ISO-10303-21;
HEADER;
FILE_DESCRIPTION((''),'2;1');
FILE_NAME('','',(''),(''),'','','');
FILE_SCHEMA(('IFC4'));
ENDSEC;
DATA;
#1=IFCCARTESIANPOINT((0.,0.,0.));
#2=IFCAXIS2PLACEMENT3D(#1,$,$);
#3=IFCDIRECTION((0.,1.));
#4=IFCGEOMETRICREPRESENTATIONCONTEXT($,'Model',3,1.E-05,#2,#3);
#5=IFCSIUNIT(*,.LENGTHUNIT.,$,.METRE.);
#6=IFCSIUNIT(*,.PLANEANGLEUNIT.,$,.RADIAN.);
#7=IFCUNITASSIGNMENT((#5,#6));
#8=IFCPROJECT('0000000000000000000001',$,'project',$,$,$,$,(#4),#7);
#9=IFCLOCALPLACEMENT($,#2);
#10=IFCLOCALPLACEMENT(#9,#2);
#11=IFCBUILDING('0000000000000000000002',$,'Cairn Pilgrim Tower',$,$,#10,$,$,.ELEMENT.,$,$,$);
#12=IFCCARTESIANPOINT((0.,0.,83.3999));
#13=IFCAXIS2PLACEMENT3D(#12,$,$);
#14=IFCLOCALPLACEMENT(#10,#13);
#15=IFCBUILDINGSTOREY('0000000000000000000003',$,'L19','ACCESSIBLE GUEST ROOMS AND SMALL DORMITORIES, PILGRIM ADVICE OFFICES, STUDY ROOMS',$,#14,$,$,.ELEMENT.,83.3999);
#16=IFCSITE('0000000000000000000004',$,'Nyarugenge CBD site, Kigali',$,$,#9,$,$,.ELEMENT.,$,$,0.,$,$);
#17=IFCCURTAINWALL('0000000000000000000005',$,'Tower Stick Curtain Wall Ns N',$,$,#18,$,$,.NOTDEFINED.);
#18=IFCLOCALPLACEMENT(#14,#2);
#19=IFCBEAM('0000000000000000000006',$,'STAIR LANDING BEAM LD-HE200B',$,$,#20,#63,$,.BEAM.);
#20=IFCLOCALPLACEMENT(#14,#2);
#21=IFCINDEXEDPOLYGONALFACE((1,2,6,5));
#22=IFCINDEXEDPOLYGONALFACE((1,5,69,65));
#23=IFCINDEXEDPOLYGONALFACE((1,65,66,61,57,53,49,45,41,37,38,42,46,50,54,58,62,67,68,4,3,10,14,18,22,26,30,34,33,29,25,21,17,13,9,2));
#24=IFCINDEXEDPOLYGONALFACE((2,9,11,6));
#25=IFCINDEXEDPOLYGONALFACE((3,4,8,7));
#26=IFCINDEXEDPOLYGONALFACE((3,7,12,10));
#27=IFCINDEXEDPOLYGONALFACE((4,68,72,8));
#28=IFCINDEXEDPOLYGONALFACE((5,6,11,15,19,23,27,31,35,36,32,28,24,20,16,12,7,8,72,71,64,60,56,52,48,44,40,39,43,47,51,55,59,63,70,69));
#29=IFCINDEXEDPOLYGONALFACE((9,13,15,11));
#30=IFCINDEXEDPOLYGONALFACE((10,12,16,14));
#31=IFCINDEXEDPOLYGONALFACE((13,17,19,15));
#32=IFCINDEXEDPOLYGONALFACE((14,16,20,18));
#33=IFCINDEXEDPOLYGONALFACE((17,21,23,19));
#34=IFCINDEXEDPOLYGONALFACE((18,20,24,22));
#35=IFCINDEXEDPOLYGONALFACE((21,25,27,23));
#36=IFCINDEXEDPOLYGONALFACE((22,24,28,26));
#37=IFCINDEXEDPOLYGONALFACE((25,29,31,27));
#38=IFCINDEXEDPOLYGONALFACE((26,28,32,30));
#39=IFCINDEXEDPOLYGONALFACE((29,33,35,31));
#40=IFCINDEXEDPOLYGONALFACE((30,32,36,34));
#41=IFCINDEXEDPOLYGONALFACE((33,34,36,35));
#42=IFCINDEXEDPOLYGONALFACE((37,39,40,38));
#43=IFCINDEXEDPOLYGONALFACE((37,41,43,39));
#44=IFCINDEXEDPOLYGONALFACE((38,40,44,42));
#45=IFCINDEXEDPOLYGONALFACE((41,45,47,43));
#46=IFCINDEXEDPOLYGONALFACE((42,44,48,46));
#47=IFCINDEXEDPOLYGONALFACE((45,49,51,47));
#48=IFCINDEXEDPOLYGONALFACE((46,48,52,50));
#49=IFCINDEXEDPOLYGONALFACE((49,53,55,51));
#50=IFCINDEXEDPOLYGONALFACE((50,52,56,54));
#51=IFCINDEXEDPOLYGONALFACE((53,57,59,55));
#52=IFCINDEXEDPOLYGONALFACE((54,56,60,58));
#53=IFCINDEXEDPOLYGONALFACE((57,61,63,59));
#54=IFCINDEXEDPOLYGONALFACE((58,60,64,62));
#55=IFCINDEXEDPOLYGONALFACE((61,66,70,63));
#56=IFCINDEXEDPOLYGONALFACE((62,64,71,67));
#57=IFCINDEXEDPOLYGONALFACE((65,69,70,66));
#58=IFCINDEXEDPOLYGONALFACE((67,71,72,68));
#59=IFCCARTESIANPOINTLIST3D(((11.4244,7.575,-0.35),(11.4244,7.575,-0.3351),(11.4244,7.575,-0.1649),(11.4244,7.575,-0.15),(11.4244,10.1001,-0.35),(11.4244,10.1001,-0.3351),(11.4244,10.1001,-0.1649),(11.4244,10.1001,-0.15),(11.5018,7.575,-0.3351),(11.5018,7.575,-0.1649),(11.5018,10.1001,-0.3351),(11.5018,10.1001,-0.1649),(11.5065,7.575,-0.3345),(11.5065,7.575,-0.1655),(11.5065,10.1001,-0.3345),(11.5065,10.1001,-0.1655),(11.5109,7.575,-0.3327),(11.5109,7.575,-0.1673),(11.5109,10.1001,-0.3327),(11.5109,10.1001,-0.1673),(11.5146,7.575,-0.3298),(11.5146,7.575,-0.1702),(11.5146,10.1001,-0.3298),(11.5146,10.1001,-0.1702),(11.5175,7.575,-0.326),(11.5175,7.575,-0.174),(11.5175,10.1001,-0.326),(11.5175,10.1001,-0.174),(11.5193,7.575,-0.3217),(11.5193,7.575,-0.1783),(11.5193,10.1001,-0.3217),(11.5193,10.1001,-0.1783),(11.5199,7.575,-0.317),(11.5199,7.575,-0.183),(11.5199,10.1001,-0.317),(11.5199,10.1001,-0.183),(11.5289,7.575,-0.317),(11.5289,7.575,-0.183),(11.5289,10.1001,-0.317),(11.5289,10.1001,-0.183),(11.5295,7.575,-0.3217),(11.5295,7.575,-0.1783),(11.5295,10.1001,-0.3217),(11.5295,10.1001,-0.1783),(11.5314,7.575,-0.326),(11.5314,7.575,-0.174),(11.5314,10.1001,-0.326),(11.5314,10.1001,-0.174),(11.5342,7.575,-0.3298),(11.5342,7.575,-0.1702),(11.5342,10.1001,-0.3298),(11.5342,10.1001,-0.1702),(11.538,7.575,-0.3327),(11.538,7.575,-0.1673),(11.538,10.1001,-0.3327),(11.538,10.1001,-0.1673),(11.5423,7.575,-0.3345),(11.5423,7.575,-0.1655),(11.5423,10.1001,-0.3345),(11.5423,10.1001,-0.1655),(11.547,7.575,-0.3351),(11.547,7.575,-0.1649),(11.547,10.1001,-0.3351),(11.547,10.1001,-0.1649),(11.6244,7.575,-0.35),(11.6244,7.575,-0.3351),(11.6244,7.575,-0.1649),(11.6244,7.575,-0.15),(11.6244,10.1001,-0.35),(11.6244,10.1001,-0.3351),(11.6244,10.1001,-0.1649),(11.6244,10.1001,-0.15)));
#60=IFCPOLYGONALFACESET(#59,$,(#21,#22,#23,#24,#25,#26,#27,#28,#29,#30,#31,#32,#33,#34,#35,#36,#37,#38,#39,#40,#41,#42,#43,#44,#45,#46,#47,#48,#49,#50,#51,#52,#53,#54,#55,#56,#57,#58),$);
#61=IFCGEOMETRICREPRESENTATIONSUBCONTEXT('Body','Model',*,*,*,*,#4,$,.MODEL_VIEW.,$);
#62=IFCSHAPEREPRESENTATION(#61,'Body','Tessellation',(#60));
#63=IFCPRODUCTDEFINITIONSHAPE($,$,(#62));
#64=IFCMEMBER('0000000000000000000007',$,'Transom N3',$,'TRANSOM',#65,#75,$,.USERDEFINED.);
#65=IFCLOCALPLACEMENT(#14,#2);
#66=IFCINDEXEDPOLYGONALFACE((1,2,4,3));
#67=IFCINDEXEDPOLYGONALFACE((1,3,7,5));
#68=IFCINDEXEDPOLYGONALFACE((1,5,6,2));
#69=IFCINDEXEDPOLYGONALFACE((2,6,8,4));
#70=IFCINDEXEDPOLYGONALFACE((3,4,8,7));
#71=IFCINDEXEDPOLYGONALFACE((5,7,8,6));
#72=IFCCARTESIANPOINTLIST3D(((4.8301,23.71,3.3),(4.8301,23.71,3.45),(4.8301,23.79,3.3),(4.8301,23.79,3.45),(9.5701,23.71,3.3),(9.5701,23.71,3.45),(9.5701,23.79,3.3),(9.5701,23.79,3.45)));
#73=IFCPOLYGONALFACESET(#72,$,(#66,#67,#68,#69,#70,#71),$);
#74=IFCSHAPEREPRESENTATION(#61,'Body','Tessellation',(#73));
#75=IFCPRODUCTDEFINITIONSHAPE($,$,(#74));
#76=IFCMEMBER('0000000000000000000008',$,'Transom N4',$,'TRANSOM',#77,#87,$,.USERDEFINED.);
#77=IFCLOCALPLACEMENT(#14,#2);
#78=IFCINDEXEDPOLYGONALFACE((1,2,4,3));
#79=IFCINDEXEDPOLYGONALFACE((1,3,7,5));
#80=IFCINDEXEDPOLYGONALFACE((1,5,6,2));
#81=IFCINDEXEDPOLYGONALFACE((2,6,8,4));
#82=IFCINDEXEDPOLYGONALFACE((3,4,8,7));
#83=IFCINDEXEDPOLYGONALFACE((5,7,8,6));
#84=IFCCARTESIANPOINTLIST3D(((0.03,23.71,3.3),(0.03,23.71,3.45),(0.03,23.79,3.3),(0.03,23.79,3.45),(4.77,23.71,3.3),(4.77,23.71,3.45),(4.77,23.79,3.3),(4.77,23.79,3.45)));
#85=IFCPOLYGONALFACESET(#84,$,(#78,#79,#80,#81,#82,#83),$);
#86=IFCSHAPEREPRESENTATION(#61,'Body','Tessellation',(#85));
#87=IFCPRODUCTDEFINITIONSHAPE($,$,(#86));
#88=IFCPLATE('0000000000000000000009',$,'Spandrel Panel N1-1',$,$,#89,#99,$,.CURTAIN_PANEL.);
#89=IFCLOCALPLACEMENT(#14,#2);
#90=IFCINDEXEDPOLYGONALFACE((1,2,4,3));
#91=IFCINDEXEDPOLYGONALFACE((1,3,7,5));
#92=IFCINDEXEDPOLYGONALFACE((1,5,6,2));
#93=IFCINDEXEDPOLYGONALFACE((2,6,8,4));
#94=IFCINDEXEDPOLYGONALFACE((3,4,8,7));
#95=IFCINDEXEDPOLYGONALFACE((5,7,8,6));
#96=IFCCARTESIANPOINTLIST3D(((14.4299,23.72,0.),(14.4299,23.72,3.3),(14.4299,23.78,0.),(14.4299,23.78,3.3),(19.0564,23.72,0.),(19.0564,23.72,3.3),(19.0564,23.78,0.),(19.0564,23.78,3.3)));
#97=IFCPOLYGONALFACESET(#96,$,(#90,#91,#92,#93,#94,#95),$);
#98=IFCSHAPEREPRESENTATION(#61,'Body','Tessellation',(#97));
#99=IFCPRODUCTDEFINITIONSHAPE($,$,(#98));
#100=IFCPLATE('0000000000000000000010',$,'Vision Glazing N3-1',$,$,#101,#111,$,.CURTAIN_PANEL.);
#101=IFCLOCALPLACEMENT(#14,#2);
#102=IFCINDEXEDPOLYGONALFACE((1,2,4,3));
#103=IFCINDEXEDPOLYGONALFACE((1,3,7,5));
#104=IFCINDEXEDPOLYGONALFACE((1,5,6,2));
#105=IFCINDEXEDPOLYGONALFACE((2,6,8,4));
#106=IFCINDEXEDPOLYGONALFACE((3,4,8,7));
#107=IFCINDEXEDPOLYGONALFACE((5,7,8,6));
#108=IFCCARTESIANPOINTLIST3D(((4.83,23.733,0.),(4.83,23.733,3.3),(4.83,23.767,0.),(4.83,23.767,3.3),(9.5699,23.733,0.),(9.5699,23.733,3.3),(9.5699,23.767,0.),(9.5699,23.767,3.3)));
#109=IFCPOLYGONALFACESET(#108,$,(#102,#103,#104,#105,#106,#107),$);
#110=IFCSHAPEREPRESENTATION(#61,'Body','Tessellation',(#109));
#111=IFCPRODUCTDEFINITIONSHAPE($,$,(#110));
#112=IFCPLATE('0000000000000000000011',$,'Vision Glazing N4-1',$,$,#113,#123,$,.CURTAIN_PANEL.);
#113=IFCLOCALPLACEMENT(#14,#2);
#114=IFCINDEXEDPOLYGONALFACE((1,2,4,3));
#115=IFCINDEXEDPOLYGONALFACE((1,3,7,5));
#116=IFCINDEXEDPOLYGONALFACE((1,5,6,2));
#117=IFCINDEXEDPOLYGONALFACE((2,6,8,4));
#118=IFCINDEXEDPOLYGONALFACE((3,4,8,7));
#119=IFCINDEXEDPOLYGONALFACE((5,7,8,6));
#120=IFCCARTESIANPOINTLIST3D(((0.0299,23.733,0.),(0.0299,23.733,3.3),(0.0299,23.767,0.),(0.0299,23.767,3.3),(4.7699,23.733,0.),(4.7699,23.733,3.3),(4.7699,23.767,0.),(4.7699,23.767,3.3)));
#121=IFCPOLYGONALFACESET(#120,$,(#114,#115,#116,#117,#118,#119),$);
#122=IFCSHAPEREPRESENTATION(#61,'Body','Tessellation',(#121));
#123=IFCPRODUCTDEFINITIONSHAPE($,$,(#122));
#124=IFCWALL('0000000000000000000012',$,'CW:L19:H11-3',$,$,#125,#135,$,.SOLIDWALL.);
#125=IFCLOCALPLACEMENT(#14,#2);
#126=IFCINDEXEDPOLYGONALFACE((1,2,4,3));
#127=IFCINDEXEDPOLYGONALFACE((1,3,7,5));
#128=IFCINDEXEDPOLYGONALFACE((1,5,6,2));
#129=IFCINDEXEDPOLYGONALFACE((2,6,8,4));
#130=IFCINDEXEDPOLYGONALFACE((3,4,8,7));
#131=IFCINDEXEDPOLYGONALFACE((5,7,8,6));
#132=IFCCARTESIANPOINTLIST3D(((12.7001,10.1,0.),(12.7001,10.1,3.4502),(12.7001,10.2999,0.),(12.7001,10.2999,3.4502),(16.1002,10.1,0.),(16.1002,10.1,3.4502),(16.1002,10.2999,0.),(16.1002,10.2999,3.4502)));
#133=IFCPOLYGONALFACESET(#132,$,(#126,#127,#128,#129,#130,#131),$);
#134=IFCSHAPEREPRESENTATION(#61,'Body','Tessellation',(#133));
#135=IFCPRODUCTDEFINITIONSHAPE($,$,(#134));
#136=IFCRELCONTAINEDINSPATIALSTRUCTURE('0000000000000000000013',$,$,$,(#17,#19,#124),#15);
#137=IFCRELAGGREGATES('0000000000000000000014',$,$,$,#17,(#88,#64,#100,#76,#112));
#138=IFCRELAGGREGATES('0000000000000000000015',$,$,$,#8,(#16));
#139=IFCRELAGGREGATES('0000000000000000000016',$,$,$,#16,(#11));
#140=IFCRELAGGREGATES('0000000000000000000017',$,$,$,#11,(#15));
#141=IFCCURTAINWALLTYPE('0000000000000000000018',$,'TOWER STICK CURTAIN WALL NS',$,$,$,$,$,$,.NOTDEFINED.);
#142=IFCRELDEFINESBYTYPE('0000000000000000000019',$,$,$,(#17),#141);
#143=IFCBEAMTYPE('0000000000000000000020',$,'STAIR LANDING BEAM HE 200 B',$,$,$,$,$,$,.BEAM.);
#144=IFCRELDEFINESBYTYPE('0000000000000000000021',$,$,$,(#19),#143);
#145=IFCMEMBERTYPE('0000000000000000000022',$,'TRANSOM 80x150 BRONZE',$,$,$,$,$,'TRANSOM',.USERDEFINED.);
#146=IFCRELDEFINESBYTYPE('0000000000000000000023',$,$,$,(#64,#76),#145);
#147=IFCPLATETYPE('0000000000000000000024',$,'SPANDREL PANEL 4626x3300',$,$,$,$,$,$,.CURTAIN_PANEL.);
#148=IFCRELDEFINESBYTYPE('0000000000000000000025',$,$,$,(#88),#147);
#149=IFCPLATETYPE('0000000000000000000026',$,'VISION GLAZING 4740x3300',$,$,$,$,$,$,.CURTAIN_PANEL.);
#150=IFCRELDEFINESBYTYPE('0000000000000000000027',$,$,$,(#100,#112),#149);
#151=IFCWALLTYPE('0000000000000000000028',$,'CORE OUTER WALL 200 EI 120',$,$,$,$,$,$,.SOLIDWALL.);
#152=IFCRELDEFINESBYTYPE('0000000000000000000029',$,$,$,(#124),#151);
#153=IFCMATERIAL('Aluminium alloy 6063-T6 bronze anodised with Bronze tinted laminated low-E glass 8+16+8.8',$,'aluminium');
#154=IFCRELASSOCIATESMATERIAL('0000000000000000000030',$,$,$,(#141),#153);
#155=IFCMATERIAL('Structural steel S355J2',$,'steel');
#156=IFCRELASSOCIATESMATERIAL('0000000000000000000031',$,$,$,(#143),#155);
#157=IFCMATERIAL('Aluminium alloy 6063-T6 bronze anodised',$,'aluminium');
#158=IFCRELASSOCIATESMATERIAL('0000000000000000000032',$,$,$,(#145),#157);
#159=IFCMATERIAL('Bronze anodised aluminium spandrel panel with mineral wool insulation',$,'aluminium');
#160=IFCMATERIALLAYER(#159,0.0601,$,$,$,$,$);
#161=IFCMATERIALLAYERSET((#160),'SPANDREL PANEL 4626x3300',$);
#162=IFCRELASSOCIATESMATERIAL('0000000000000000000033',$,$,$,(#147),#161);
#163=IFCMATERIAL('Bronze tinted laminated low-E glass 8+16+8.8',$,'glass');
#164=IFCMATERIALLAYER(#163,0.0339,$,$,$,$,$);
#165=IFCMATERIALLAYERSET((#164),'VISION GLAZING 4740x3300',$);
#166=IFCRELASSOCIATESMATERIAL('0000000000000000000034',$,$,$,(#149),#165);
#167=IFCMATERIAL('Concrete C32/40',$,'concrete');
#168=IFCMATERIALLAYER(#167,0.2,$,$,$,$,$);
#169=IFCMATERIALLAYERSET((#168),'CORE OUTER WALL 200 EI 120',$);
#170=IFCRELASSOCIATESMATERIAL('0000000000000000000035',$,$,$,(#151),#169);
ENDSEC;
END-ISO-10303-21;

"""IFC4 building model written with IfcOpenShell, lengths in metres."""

from ifc_helpers import new_model, si_unit, direction, frame, frame_2d, origin, origin_2d, place, context, subcontext, project, spatial, rectangle, i_section, extrude, material, layer, layer_set, material_profile, profile_set, type_object, element, aggregate, save


model = new_model("IFC4")

# Units and contexts
model_context = context("Model", 3, precision=1e-05, world=origin(), true_north=direction((0.0, 1.0)))
body_context = subcontext(model_context, "Body", "Model", "MODEL_VIEW")
ifc_project = project(units=[si_unit("LENGTHUNIT", "METRE"), si_unit("PLANEANGLEUNIT", "RADIAN")], contexts=[model_context])

# Site, building, storey
site_placement = place(None, origin())
site = spatial("IfcSite", under=ifc_project, at=site_placement, Name="Nyarugenge CBD site, Kigali", CompositionType="ELEMENT", RefElevation=0.0)
building_placement = place(site_placement, origin())
building = spatial("IfcBuilding", under=site, at=building_placement, Name="Cairn Pilgrim Tower", CompositionType="ELEMENT")
storey_placement = place(building_placement, frame((0.0, 0.0, 83.3999)))
storey = spatial("IfcBuildingStorey", under=building, at=storey_placement, Name="L19", Description="ACCESSIBLE GUEST ROOMS AND SMALL DORMITORIES, PILGRIM ADVICE OFFICES, STUDY ROOMS", CompositionType="ELEMENT", Elevation=83.3999)

# Curtain wall
ifc_material_1 = material(Name="Aluminium alloy 6063-T6 bronze anodised with Bronze tinted laminated low-E glass 8+16+8.8", Category="aluminium")
curtain_wall_type = type_object("IfcCurtainWallType", Name="TOWER STICK CURTAIN WALL NS", PredefinedType="NOTDEFINED", material=ifc_material_1)
curtain_wall_placement = place(storey_placement, origin())
curtain_wall = element("IfcCurtainWall", 1, at=curtain_wall_placement, inside=storey, type_object=curtain_wall_type, Name="Tower Stick Curtain Wall Ns N", PredefinedType="NOTDEFINED")
ifc_material_2 = material(Name="Aluminium alloy 6063-T6 bronze anodised", Category="aluminium")

# Beam
ifc_material_3 = material(Name="Structural steel S355J2", Category="steel")
ifc_material_profile_1 = material_profile(ifc_material_3, i_section(OverallWidth=0.2, OverallDepth=0.2, WebThickness=0.009, FlangeThickness=0.0149, FilletRadius=0.0181, at=origin_2d()), Name="HE 200 B")
ifc_profile_set_1 = profile_set([ifc_material_profile_1], Name="Structural steel S355J2")
beam_type_1 = type_object("IfcBeamType", Name="STAIR LANDING BEAM HE 200 B", PredefinedType="BEAM", material=ifc_profile_set_1)
beam_1_placement = place(storey_placement, frame((11.5244, 10.1001, -0.25), z_axis=(0.0, -1.0, 0.0), x_axis=(1.0, 0.0, 0.0)))
element("IfcBeam", 2, at=beam_1_placement, inside=storey, type_object=beam_type_1, Name="STAIR LANDING BEAM LD-HE200B", PredefinedType="BEAM", context=body_context, shape_type="SweptSolid", body=[
    extrude(i_section(OverallWidth=0.2, OverallDepth=0.2, WebThickness=0.009, FlangeThickness=0.0149, FilletRadius=0.0181, at=origin_2d()), origin(), (0.0, 0.0, 1.0), 2.5251),
])

# Members
ifc_material_profile_2 = material_profile(ifc_material_2, rectangle(XDim=0.0801, YDim=0.1499, at=origin_2d()), Name="TRANSOM 80x150 BRONZE")
ifc_profile_set_2 = profile_set([ifc_material_profile_2], Name="Aluminium alloy 6063-T6 bronze anodised")
member_type_1 = type_object("IfcMemberType", Name="TRANSOM 80x150 BRONZE", ElementType="TRANSOM", PredefinedType="USERDEFINED", material=ifc_profile_set_2)
member_1_placement = place(storey_placement, frame((9.5701, 23.75, 3.375), z_axis=(-1.0, 0.0, 0.0), x_axis=(0.0, -1.0, 0.0)))
member_1 = element("IfcMember", 3, at=member_1_placement, type_object=member_type_1, Name="Transom N3", ObjectType="TRANSOM", PredefinedType="USERDEFINED", context=body_context, shape_type="SweptSolid", body=[
    extrude(rectangle(XDim=0.0801, YDim=0.1499, at=origin_2d()), origin(), (0.0, 0.0, 1.0), 4.74),
])
member_2_placement = place(storey_placement, frame((4.77, 23.75, 3.375), z_axis=(-1.0, 0.0, 0.0), x_axis=(0.0, -1.0, 0.0)))
member_2 = element("IfcMember", 4, at=member_2_placement, type_object=member_type_1, Name="Transom N4", ObjectType="TRANSOM", PredefinedType="USERDEFINED", context=body_context, shape_type="SweptSolid", body=[
    extrude(rectangle(XDim=0.0801, YDim=0.1499, at=origin_2d()), origin(), (0.0, 0.0, 1.0), 4.74),
])

# Plates
ifc_material_4 = material(Name="Bronze anodised aluminium spandrel panel with mineral wool insulation", Category="aluminium")
ifc_layer_1 = layer(ifc_material_4, 0.0601)
ifc_layer_set_1 = layer_set([ifc_layer_1], Name="SPANDREL PANEL 4626x3300")
plate_type_1 = type_object("IfcPlateType", Name="SPANDREL PANEL 4626x3300", PredefinedType="CURTAIN_PANEL", material=ifc_layer_set_1)
plate_1_placement = place(storey_placement, frame((16.7432, 23.75, 0.0), z_axis=(0.0, 0.0, 1.0), x_axis=(-1.0, 0.0, 0.0)))
plate_1 = element("IfcPlate", 5, at=plate_1_placement, type_object=plate_type_1, Name="Spandrel Panel N1-1", PredefinedType="CURTAIN_PANEL", context=body_context, shape_type="SweptSolid", body=[
    extrude(rectangle(XDim=4.6265, YDim=0.0601, at=origin_2d()), origin(), (0.0, 0.0, 1.0), 3.3),
])
ifc_material_5 = material(Name="Bronze tinted laminated low-E glass 8+16+8.8", Category="glass")
ifc_layer_2 = layer(ifc_material_5, 0.0339)
ifc_layer_set_2 = layer_set([ifc_layer_2], Name="VISION GLAZING 4740x3300")
plate_type_2 = type_object("IfcPlateType", Name="VISION GLAZING 4740x3300", PredefinedType="CURTAIN_PANEL", material=ifc_layer_set_2)
plate_2_placement = place(storey_placement, frame((7.2, 23.75, 0.0), z_axis=(0.0, 0.0, 1.0), x_axis=(-1.0, 0.0, 0.0)))
plate_2 = element("IfcPlate", 6, at=plate_2_placement, type_object=plate_type_2, Name="Vision Glazing N3-1", PredefinedType="CURTAIN_PANEL", context=body_context, shape_type="SweptSolid", body=[
    extrude(rectangle(XDim=4.74, YDim=0.0339, at=origin_2d()), origin(), (0.0, 0.0, 1.0), 3.3),
])
plate_3_placement = place(storey_placement, frame((2.3999, 23.75, 0.0), z_axis=(0.0, 0.0, 1.0), x_axis=(-1.0, 0.0, 0.0)))
plate_3 = element("IfcPlate", 7, at=plate_3_placement, type_object=plate_type_2, Name="Vision Glazing N4-1", PredefinedType="CURTAIN_PANEL", context=body_context, shape_type="SweptSolid", body=[
    extrude(rectangle(XDim=4.74, YDim=0.0339, at=origin_2d()), origin(), (0.0, 0.0, 1.0), 3.3),
])
aggregate(curtain_wall, [plate_1, member_1, plate_2, member_2, plate_3])

# Wall
ifc_material_6 = material(Name="Concrete C32/40", Category="concrete")
ifc_layer_3 = layer(ifc_material_6, 0.2)
ifc_layer_set_3 = layer_set([ifc_layer_3], Name="CORE OUTER WALL 200 EI 120")
wall_type_1 = type_object("IfcWallType", Name="CORE OUTER WALL 200 EI 120", PredefinedType="SOLIDWALL", material=ifc_layer_set_3)
wall_1_placement = place(storey_placement, frame((12.7, 10.2, 0.0), z_axis=(0.0, 0.0, 1.0), x_axis=(1.0, 0.0, 0.0)))
element("IfcWall", 8, at=wall_1_placement, inside=storey, type_object=wall_type_1, Name="CW:L19:H11-3", PredefinedType="SOLIDWALL", context=body_context, shape_type="SweptSolid", body=[
    extrude(rectangle(XDim=3.4001, YDim=0.2, at=frame_2d((1.7002, 0.0))), origin(), (0.0, 0.0, 1.0), 3.4502),
])

save(model, "model.ifc")
